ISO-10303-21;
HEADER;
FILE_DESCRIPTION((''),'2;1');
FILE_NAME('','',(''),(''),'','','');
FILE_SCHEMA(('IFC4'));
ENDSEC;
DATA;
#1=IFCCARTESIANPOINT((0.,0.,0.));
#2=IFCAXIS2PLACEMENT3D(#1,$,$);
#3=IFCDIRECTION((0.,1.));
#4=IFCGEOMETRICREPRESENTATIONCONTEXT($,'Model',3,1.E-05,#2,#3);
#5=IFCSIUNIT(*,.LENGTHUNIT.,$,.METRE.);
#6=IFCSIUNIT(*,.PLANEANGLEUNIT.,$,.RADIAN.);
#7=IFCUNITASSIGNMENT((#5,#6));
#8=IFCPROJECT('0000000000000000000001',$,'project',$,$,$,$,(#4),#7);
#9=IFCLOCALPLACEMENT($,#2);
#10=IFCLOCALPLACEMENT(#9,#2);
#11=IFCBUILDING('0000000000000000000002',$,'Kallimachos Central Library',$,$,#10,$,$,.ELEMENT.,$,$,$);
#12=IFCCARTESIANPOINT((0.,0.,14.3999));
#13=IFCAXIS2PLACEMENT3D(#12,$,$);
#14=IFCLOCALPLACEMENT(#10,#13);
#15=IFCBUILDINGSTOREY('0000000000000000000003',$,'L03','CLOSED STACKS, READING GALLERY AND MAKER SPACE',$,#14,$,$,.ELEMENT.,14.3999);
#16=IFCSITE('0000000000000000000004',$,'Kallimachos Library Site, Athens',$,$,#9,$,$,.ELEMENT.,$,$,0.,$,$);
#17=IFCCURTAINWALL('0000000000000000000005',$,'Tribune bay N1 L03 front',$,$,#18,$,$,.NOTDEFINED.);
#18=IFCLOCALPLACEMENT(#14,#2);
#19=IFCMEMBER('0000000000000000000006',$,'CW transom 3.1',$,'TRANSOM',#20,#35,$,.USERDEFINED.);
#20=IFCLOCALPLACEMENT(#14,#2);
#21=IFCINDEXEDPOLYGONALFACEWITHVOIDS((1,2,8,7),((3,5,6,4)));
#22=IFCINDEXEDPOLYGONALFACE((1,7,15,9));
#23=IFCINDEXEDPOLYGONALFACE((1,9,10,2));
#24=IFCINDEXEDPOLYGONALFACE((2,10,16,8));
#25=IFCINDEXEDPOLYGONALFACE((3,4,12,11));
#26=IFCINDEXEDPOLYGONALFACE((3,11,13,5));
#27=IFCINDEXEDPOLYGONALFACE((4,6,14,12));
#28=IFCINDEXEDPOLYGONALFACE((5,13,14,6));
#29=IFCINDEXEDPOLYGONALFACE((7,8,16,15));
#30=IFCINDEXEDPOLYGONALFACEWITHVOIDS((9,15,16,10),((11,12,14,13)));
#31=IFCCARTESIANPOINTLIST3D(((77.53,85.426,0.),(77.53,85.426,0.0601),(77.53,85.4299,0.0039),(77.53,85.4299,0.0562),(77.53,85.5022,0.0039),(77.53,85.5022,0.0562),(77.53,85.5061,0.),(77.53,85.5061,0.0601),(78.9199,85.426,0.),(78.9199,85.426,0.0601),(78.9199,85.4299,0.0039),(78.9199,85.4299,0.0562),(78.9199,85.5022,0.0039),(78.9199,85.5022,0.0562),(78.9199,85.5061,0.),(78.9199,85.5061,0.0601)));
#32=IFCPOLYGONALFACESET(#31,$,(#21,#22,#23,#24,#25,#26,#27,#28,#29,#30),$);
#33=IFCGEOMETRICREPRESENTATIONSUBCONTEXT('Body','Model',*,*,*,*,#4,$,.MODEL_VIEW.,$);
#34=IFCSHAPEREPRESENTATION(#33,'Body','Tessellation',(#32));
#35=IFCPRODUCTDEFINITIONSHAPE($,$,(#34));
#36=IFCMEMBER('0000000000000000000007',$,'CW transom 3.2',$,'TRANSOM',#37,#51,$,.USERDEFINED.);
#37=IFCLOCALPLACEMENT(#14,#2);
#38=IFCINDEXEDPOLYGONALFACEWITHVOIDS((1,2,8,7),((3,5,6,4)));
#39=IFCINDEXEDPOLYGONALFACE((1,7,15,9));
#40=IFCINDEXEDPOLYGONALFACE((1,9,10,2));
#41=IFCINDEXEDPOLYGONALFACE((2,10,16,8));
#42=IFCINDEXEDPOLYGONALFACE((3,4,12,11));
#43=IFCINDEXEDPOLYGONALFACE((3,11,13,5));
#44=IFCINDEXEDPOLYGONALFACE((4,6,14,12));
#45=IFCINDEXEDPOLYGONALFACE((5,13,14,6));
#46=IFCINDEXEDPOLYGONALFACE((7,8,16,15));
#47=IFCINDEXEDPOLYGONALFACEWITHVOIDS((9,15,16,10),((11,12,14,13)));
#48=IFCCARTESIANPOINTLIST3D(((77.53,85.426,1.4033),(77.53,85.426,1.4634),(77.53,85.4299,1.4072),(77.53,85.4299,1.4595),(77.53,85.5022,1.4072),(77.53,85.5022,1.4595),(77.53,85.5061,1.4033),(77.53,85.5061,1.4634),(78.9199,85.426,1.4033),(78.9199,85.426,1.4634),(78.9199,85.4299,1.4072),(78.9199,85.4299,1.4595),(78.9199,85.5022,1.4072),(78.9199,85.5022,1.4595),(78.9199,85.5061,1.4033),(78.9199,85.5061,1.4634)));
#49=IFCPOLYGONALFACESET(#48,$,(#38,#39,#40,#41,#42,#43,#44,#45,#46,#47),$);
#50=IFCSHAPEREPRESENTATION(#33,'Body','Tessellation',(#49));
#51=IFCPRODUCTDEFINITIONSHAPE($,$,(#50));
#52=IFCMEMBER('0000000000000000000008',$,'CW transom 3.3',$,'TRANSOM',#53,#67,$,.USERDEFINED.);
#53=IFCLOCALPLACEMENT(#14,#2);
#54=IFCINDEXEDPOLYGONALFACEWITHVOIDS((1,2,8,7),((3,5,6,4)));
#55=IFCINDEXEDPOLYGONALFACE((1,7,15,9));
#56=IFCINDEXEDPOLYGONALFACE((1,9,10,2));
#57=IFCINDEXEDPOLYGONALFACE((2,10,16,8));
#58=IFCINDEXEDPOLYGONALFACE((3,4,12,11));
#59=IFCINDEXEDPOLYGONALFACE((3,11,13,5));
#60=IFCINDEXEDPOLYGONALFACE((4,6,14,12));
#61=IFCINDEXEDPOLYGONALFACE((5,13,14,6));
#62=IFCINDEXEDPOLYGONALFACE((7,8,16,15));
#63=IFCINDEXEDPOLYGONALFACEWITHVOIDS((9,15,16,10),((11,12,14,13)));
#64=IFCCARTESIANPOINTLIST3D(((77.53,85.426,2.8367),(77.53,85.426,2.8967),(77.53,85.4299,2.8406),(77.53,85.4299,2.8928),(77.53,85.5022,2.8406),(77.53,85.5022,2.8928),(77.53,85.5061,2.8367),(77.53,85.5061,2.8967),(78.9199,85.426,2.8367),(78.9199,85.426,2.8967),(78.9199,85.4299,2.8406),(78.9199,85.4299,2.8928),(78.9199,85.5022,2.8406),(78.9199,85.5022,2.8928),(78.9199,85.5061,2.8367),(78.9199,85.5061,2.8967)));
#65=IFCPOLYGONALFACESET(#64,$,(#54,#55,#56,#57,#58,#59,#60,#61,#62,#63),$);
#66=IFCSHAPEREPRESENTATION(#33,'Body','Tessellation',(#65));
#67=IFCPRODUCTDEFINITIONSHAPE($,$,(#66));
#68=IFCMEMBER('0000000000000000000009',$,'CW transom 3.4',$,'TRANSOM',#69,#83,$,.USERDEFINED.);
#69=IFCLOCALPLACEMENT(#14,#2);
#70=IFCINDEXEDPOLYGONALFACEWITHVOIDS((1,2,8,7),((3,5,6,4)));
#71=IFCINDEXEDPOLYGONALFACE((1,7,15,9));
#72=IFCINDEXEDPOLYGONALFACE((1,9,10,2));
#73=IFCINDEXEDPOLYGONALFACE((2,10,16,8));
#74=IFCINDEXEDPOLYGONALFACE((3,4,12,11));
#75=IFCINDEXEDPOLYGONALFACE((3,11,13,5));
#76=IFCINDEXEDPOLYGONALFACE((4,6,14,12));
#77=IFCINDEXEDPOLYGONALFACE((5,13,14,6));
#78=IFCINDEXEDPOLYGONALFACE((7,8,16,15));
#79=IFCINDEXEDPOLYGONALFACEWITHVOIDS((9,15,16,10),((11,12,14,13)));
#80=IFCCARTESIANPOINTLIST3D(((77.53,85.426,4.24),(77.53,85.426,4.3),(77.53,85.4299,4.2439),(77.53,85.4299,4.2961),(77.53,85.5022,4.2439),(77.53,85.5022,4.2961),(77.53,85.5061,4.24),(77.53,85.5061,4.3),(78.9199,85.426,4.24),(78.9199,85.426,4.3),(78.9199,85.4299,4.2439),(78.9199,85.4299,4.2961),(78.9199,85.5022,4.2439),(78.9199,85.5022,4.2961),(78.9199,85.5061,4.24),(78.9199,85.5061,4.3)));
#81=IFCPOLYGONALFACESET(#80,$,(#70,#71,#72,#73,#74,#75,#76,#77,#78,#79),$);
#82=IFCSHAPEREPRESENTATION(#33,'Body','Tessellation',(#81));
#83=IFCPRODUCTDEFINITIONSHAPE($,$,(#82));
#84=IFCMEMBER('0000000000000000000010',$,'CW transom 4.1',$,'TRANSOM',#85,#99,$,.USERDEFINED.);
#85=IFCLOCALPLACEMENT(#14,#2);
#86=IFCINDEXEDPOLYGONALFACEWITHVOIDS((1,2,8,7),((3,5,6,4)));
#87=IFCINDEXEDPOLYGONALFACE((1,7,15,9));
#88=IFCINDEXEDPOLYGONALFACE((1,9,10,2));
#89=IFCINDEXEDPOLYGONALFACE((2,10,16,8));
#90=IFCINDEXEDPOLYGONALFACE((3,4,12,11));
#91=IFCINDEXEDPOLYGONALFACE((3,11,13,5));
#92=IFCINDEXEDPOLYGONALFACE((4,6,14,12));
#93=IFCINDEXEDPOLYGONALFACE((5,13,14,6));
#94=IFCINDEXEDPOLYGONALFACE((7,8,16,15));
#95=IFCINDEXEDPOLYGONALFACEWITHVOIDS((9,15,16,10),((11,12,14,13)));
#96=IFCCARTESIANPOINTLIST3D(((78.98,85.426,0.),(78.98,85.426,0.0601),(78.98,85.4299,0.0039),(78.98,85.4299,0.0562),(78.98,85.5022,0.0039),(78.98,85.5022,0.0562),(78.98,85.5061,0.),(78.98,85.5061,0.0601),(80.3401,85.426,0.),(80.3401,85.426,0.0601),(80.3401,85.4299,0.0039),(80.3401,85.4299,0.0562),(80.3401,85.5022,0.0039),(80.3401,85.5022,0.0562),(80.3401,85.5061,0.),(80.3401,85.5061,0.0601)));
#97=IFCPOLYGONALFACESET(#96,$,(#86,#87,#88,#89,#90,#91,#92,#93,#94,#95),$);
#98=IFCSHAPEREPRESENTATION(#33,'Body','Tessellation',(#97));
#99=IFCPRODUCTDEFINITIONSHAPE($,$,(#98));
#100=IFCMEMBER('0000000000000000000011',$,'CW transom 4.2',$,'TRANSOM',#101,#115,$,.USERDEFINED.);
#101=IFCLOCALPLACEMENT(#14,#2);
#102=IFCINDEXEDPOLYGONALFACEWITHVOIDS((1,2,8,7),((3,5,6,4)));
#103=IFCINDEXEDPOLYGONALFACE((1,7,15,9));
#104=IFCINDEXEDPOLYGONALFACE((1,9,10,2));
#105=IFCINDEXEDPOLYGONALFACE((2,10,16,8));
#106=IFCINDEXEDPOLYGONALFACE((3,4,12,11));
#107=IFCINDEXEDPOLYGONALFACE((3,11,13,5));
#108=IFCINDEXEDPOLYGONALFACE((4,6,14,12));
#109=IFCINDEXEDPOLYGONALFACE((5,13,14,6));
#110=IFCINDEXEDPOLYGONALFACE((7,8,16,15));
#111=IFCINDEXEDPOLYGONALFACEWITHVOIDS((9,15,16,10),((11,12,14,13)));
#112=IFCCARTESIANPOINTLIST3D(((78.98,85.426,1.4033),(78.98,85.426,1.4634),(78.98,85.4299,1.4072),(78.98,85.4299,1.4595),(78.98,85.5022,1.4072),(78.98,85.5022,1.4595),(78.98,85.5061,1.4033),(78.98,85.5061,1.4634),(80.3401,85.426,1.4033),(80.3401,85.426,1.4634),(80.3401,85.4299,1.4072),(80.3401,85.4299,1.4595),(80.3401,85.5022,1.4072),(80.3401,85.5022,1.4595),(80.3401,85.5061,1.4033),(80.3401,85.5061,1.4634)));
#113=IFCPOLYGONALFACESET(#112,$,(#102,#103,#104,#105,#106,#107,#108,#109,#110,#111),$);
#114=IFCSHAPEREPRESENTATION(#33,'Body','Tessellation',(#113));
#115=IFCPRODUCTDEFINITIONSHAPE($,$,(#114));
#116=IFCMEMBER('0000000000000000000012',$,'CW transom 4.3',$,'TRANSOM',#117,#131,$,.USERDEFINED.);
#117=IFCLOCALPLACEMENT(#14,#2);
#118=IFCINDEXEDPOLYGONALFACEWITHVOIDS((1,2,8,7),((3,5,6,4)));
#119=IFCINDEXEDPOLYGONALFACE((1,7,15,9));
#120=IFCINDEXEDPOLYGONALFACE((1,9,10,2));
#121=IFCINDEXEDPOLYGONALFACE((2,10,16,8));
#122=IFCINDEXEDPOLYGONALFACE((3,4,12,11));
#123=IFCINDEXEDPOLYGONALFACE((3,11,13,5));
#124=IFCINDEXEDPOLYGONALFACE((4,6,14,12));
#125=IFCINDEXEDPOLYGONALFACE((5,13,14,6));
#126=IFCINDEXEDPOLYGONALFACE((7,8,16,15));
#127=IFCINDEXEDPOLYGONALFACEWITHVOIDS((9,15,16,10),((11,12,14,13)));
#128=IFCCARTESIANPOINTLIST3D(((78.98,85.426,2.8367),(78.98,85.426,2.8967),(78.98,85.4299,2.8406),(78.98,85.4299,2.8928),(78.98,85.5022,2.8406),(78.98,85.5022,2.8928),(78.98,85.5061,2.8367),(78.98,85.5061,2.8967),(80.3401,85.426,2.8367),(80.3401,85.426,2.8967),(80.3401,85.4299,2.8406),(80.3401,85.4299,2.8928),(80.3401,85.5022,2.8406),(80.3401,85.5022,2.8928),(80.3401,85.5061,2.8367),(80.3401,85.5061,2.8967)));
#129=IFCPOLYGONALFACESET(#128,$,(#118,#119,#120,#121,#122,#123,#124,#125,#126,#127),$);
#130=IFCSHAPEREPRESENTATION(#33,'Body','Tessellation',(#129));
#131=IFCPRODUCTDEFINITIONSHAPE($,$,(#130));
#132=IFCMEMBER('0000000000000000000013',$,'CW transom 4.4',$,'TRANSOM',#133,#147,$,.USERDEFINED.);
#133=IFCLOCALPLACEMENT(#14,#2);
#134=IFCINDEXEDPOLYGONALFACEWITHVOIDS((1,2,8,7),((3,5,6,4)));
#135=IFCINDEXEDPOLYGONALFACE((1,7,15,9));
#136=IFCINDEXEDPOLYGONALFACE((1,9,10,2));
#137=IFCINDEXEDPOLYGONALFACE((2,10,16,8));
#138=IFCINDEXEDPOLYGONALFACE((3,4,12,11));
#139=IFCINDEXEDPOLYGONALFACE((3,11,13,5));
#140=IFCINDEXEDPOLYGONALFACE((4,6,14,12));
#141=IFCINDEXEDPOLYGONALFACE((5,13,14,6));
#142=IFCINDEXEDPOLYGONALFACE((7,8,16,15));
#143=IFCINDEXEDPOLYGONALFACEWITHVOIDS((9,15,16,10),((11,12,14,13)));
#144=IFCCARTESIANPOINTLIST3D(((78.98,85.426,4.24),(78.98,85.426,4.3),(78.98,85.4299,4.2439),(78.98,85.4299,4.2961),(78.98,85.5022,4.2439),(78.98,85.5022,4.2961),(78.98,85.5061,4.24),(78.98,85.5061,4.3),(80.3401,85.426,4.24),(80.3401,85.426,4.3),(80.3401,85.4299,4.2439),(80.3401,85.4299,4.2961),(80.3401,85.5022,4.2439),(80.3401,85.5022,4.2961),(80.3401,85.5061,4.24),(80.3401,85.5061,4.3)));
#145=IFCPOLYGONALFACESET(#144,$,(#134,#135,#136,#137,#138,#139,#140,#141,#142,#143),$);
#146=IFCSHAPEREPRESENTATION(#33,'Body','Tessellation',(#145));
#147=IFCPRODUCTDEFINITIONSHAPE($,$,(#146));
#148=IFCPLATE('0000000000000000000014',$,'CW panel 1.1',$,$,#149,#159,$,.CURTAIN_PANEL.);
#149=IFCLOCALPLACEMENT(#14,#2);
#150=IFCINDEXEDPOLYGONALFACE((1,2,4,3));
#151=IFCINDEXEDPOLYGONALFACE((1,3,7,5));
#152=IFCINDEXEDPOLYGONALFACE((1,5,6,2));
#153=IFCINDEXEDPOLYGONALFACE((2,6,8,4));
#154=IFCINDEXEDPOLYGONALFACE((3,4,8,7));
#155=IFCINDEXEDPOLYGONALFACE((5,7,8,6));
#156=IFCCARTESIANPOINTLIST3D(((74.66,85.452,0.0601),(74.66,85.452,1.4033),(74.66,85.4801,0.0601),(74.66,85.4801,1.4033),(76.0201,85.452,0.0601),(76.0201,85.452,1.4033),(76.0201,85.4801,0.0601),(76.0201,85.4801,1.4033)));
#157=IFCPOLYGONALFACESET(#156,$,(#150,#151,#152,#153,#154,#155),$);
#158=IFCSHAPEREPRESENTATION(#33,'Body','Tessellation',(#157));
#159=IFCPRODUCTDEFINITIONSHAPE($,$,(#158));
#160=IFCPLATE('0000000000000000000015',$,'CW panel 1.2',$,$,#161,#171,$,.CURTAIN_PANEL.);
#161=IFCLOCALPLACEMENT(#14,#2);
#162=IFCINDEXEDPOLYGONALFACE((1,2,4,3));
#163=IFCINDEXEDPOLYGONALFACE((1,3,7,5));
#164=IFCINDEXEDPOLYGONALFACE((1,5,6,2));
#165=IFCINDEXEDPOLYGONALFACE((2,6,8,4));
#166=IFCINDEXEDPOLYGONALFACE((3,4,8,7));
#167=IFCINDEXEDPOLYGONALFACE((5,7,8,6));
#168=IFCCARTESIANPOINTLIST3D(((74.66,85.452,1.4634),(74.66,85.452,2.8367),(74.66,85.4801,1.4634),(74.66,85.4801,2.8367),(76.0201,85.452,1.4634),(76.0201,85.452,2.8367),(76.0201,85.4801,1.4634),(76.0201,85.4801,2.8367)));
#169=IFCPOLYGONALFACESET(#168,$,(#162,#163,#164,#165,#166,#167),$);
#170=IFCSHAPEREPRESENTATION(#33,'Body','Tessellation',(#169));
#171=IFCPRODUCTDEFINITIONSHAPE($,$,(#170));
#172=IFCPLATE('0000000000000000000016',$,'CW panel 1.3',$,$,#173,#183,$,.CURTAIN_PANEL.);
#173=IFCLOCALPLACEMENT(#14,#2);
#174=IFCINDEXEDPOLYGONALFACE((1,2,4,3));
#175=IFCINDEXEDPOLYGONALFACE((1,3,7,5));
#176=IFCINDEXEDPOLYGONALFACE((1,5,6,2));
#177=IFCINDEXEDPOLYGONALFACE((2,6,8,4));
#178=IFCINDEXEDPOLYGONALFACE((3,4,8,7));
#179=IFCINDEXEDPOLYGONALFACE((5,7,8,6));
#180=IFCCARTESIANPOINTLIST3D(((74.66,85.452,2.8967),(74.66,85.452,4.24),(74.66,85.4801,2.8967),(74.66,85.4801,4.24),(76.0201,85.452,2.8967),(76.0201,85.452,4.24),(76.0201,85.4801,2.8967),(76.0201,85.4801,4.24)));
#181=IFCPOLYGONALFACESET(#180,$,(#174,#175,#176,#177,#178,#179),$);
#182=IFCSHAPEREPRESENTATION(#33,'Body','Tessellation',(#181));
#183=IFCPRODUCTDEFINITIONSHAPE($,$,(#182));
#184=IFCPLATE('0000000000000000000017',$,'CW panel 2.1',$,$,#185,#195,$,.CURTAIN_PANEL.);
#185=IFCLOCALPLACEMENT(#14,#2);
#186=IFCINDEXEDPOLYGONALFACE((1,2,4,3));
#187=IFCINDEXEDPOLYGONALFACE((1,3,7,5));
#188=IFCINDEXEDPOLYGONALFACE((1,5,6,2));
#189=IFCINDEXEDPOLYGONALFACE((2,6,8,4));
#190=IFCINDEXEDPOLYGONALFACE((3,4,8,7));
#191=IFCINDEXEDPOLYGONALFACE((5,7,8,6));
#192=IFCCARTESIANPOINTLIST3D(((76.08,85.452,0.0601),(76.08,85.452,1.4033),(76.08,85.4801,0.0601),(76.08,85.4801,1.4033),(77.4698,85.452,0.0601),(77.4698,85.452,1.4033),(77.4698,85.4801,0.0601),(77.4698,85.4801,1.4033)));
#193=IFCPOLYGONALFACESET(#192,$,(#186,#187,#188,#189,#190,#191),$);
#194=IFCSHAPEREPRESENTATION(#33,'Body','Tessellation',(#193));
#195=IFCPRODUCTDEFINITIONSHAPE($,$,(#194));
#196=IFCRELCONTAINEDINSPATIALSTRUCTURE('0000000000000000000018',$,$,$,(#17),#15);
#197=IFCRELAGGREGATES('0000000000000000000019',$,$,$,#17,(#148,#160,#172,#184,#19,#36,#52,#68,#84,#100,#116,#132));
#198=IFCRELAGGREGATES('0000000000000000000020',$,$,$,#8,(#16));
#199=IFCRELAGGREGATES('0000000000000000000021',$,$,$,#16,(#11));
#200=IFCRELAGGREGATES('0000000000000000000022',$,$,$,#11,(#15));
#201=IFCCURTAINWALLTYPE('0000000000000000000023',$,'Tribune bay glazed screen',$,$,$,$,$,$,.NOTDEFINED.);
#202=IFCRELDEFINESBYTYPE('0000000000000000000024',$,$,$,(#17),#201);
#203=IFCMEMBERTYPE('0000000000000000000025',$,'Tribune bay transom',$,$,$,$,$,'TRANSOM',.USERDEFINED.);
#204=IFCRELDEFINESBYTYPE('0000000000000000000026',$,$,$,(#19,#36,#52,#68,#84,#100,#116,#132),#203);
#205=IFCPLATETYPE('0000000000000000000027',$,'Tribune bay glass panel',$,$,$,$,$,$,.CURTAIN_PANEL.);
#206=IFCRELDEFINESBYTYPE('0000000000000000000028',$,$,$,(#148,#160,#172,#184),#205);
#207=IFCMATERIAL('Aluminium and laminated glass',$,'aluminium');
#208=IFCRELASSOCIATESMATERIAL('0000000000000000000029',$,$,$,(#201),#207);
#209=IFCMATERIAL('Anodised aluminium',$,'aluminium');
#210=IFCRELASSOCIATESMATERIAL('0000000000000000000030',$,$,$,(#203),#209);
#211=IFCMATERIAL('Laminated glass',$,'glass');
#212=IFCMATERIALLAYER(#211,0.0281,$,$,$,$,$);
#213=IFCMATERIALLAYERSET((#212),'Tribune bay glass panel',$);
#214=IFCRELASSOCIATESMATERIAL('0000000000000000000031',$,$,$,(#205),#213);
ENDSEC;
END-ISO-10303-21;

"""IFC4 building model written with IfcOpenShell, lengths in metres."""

from ifc_helpers import new_model, si_unit, direction, frame, origin, origin_2d, place, context, subcontext, project, spatial, rectangle, hollow_rectangle, extrude, material, layer, layer_set, material_profile, profile_set, type_object, element, aggregate, save


model = new_model("IFC4")

# Units and contexts
model_context = context("Model", 3, precision=1e-05, world=origin(), true_north=direction((0.0, 1.0)))
body_context = subcontext(model_context, "Body", "Model", "MODEL_VIEW")
ifc_project = project(units=[si_unit("LENGTHUNIT", "METRE"), si_unit("PLANEANGLEUNIT", "RADIAN")], contexts=[model_context])

# Site, building, storey
site_placement = place(None, origin())
site = spatial("IfcSite", under=ifc_project, at=site_placement, Name="Kallimachos Library Site, Athens", CompositionType="ELEMENT", RefElevation=0.0)
building_placement = place(site_placement, origin())
building = spatial("IfcBuilding", under=site, at=building_placement, Name="Kallimachos Central Library", CompositionType="ELEMENT")
storey_placement = place(building_placement, frame((0.0, 0.0, 14.3999)))
storey = spatial("IfcBuildingStorey", under=building, at=storey_placement, Name="L03", Description="CLOSED STACKS, READING GALLERY AND MAKER SPACE", CompositionType="ELEMENT", Elevation=14.3999)

# Curtain wall
ifc_material_1 = material(Name="Aluminium and laminated glass", Category="aluminium")
curtain_wall_type = type_object("IfcCurtainWallType", Name="Tribune bay glazed screen", PredefinedType="NOTDEFINED", material=ifc_material_1)
curtain_wall_1_placement = place(storey_placement, origin())
curtain_wall_1 = element("IfcCurtainWall", 1, at=curtain_wall_1_placement, inside=storey, type_object=curtain_wall_type, Name="Tribune bay N1 L03 front", PredefinedType="NOTDEFINED")

# Members
ifc_material_2 = material(Name="Anodised aluminium", Category="aluminium")
ifc_material_profile_1 = material_profile(ifc_material_2, hollow_rectangle(XDim=0.0601, YDim=0.0801, WallThickness=0.0039, at=origin_2d()), Name="ALU TRANSOM 60x80")
ifc_profile_set_1 = profile_set([ifc_material_profile_1], Name="Anodised aluminium")
member_type_1 = type_object("IfcMemberType", Name="Tribune bay transom", ElementType="TRANSOM", PredefinedType="USERDEFINED", material=ifc_profile_set_1)
member_1_placement = place(storey_placement, frame((77.53, 85.4661, 0.03), z_axis=(1.0, 0.0, 0.0), x_axis=(0.0, 0.0, 1.0)))
member_1 = element("IfcMember", 2, at=member_1_placement, type_object=member_type_1, Name="CW transom 3.1", ObjectType="TRANSOM", PredefinedType="USERDEFINED", context=body_context, shape_type="SweptSolid", body=[
    extrude(hollow_rectangle(XDim=0.0601, YDim=0.0801, WallThickness=0.0039, at=origin_2d()), origin(), (0.0, 0.0, 1.0), 1.3899),
])
member_2_placement = place(storey_placement, frame((77.53, 85.4661, 1.4333), z_axis=(1.0, 0.0, 0.0), x_axis=(0.0, 0.0, 1.0)))
member_2 = element("IfcMember", 3, at=member_2_placement, type_object=member_type_1, Name="CW transom 3.2", ObjectType="TRANSOM", PredefinedType="USERDEFINED", context=body_context, shape_type="SweptSolid", body=[
    extrude(hollow_rectangle(XDim=0.0601, YDim=0.0801, WallThickness=0.0039, at=origin_2d()), origin(), (0.0, 0.0, 1.0), 1.3899),
])
member_3_placement = place(storey_placement, frame((77.53, 85.4661, 2.8667), z_axis=(1.0, 0.0, 0.0), x_axis=(0.0, 0.0, 1.0)))
member_3 = element("IfcMember", 4, at=member_3_placement, type_object=member_type_1, Name="CW transom 3.3", ObjectType="TRANSOM", PredefinedType="USERDEFINED", context=body_context, shape_type="SweptSolid", body=[
    extrude(hollow_rectangle(XDim=0.0601, YDim=0.0801, WallThickness=0.0039, at=origin_2d()), origin(), (0.0, 0.0, 1.0), 1.3899),
])
member_4_placement = place(storey_placement, frame((77.53, 85.4661, 4.27), z_axis=(1.0, 0.0, 0.0), x_axis=(0.0, 0.0, 1.0)))
member_4 = element("IfcMember", 5, at=member_4_placement, type_object=member_type_1, Name="CW transom 3.4", ObjectType="TRANSOM", PredefinedType="USERDEFINED", context=body_context, shape_type="SweptSolid", body=[
    extrude(hollow_rectangle(XDim=0.0601, YDim=0.0801, WallThickness=0.0039, at=origin_2d()), origin(), (0.0, 0.0, 1.0), 1.3899),
])
member_5_placement = place(storey_placement, frame((78.98, 85.4661, 0.03), z_axis=(1.0, 0.0, 0.0), x_axis=(0.0, 0.0, 1.0)))
member_5 = element("IfcMember", 6, at=member_5_placement, type_object=member_type_1, Name="CW transom 4.1", ObjectType="TRANSOM", PredefinedType="USERDEFINED", context=body_context, shape_type="SweptSolid", body=[
    extrude(hollow_rectangle(XDim=0.0601, YDim=0.0801, WallThickness=0.0039, at=origin_2d()), origin(), (0.0, 0.0, 1.0), 1.3601),
])
member_6_placement = place(storey_placement, frame((78.98, 85.4661, 1.4333), z_axis=(1.0, 0.0, 0.0), x_axis=(0.0, 0.0, 1.0)))
member_6 = element("IfcMember", 7, at=member_6_placement, type_object=member_type_1, Name="CW transom 4.2", ObjectType="TRANSOM", PredefinedType="USERDEFINED", context=body_context, shape_type="SweptSolid", body=[
    extrude(hollow_rectangle(XDim=0.0601, YDim=0.0801, WallThickness=0.0039, at=origin_2d()), origin(), (0.0, 0.0, 1.0), 1.3601),
])
member_7_placement = place(storey_placement, frame((78.98, 85.4661, 2.8667), z_axis=(1.0, 0.0, 0.0), x_axis=(0.0, 0.0, 1.0)))
member_7 = element("IfcMember", 8, at=member_7_placement, type_object=member_type_1, Name="CW transom 4.3", ObjectType="TRANSOM", PredefinedType="USERDEFINED", context=body_context, shape_type="SweptSolid", body=[
    extrude(hollow_rectangle(XDim=0.0601, YDim=0.0801, WallThickness=0.0039, at=origin_2d()), origin(), (0.0, 0.0, 1.0), 1.3601),
])
member_8_placement = place(storey_placement, frame((78.98, 85.4661, 4.27), z_axis=(1.0, 0.0, 0.0), x_axis=(0.0, 0.0, 1.0)))
member_8 = element("IfcMember", 9, at=member_8_placement, type_object=member_type_1, Name="CW transom 4.4", ObjectType="TRANSOM", PredefinedType="USERDEFINED", context=body_context, shape_type="SweptSolid", body=[
    extrude(hollow_rectangle(XDim=0.0601, YDim=0.0801, WallThickness=0.0039, at=origin_2d()), origin(), (0.0, 0.0, 1.0), 1.3601),
])

# Plates
ifc_material_3 = material(Name="Laminated glass", Category="glass")
ifc_layer = layer(ifc_material_3, 0.0281)
ifc_layer_set = layer_set([ifc_layer], Name="Tribune bay glass panel")
plate_type = type_object("IfcPlateType", Name="Tribune bay glass panel", PredefinedType="CURTAIN_PANEL", material=ifc_layer_set)
plate_1_placement = place(storey_placement, frame((75.3401, 85.4661, 0.0601), z_axis=(0.0, 0.0, 1.0), x_axis=(1.0, 0.0, 0.0)))
plate_1 = element("IfcPlate", 10, at=plate_1_placement, type_object=plate_type, Name="CW panel 1.1", PredefinedType="CURTAIN_PANEL", context=body_context, shape_type="SweptSolid", body=[
    extrude(rectangle(XDim=1.3601, YDim=0.0281, at=origin_2d()), origin(), (0.0, 0.0, 1.0), 1.3433),
])
plate_2_placement = place(storey_placement, frame((75.3401, 85.4661, 1.4634), z_axis=(0.0, 0.0, 1.0), x_axis=(1.0, 0.0, 0.0)))
plate_2 = element("IfcPlate", 11, at=plate_2_placement, type_object=plate_type, Name="CW panel 1.2", PredefinedType="CURTAIN_PANEL", context=body_context, shape_type="SweptSolid", body=[
    extrude(rectangle(XDim=1.3601, YDim=0.0281, at=origin_2d()), origin(), (0.0, 0.0, 1.0), 1.3733),
])
plate_3_placement = place(storey_placement, frame((75.3401, 85.4661, 2.8967), z_axis=(0.0, 0.0, 1.0), x_axis=(1.0, 0.0, 0.0)))
plate_3 = element("IfcPlate", 12, at=plate_3_placement, type_object=plate_type, Name="CW panel 1.3", PredefinedType="CURTAIN_PANEL", context=body_context, shape_type="SweptSolid", body=[
    extrude(rectangle(XDim=1.3601, YDim=0.0281, at=origin_2d()), origin(), (0.0, 0.0, 1.0), 1.3433),
])
plate_4_placement = place(storey_placement, frame((76.7749, 85.4661, 0.0601), z_axis=(0.0, 0.0, 1.0), x_axis=(1.0, 0.0, 0.0)))
plate_4 = element("IfcPlate", 13, at=plate_4_placement, type_object=plate_type, Name="CW panel 2.1", PredefinedType="CURTAIN_PANEL", context=body_context, shape_type="SweptSolid", body=[
    extrude(rectangle(XDim=1.3899, YDim=0.0281, at=origin_2d()), origin(), (0.0, 0.0, 1.0), 1.3433),
])
aggregate(curtain_wall_1, [plate_1, plate_2, plate_3, plate_4, member_1, member_2, member_3, member_4, member_5, member_6, member_7, member_8])

save(model, "model.ifc")
